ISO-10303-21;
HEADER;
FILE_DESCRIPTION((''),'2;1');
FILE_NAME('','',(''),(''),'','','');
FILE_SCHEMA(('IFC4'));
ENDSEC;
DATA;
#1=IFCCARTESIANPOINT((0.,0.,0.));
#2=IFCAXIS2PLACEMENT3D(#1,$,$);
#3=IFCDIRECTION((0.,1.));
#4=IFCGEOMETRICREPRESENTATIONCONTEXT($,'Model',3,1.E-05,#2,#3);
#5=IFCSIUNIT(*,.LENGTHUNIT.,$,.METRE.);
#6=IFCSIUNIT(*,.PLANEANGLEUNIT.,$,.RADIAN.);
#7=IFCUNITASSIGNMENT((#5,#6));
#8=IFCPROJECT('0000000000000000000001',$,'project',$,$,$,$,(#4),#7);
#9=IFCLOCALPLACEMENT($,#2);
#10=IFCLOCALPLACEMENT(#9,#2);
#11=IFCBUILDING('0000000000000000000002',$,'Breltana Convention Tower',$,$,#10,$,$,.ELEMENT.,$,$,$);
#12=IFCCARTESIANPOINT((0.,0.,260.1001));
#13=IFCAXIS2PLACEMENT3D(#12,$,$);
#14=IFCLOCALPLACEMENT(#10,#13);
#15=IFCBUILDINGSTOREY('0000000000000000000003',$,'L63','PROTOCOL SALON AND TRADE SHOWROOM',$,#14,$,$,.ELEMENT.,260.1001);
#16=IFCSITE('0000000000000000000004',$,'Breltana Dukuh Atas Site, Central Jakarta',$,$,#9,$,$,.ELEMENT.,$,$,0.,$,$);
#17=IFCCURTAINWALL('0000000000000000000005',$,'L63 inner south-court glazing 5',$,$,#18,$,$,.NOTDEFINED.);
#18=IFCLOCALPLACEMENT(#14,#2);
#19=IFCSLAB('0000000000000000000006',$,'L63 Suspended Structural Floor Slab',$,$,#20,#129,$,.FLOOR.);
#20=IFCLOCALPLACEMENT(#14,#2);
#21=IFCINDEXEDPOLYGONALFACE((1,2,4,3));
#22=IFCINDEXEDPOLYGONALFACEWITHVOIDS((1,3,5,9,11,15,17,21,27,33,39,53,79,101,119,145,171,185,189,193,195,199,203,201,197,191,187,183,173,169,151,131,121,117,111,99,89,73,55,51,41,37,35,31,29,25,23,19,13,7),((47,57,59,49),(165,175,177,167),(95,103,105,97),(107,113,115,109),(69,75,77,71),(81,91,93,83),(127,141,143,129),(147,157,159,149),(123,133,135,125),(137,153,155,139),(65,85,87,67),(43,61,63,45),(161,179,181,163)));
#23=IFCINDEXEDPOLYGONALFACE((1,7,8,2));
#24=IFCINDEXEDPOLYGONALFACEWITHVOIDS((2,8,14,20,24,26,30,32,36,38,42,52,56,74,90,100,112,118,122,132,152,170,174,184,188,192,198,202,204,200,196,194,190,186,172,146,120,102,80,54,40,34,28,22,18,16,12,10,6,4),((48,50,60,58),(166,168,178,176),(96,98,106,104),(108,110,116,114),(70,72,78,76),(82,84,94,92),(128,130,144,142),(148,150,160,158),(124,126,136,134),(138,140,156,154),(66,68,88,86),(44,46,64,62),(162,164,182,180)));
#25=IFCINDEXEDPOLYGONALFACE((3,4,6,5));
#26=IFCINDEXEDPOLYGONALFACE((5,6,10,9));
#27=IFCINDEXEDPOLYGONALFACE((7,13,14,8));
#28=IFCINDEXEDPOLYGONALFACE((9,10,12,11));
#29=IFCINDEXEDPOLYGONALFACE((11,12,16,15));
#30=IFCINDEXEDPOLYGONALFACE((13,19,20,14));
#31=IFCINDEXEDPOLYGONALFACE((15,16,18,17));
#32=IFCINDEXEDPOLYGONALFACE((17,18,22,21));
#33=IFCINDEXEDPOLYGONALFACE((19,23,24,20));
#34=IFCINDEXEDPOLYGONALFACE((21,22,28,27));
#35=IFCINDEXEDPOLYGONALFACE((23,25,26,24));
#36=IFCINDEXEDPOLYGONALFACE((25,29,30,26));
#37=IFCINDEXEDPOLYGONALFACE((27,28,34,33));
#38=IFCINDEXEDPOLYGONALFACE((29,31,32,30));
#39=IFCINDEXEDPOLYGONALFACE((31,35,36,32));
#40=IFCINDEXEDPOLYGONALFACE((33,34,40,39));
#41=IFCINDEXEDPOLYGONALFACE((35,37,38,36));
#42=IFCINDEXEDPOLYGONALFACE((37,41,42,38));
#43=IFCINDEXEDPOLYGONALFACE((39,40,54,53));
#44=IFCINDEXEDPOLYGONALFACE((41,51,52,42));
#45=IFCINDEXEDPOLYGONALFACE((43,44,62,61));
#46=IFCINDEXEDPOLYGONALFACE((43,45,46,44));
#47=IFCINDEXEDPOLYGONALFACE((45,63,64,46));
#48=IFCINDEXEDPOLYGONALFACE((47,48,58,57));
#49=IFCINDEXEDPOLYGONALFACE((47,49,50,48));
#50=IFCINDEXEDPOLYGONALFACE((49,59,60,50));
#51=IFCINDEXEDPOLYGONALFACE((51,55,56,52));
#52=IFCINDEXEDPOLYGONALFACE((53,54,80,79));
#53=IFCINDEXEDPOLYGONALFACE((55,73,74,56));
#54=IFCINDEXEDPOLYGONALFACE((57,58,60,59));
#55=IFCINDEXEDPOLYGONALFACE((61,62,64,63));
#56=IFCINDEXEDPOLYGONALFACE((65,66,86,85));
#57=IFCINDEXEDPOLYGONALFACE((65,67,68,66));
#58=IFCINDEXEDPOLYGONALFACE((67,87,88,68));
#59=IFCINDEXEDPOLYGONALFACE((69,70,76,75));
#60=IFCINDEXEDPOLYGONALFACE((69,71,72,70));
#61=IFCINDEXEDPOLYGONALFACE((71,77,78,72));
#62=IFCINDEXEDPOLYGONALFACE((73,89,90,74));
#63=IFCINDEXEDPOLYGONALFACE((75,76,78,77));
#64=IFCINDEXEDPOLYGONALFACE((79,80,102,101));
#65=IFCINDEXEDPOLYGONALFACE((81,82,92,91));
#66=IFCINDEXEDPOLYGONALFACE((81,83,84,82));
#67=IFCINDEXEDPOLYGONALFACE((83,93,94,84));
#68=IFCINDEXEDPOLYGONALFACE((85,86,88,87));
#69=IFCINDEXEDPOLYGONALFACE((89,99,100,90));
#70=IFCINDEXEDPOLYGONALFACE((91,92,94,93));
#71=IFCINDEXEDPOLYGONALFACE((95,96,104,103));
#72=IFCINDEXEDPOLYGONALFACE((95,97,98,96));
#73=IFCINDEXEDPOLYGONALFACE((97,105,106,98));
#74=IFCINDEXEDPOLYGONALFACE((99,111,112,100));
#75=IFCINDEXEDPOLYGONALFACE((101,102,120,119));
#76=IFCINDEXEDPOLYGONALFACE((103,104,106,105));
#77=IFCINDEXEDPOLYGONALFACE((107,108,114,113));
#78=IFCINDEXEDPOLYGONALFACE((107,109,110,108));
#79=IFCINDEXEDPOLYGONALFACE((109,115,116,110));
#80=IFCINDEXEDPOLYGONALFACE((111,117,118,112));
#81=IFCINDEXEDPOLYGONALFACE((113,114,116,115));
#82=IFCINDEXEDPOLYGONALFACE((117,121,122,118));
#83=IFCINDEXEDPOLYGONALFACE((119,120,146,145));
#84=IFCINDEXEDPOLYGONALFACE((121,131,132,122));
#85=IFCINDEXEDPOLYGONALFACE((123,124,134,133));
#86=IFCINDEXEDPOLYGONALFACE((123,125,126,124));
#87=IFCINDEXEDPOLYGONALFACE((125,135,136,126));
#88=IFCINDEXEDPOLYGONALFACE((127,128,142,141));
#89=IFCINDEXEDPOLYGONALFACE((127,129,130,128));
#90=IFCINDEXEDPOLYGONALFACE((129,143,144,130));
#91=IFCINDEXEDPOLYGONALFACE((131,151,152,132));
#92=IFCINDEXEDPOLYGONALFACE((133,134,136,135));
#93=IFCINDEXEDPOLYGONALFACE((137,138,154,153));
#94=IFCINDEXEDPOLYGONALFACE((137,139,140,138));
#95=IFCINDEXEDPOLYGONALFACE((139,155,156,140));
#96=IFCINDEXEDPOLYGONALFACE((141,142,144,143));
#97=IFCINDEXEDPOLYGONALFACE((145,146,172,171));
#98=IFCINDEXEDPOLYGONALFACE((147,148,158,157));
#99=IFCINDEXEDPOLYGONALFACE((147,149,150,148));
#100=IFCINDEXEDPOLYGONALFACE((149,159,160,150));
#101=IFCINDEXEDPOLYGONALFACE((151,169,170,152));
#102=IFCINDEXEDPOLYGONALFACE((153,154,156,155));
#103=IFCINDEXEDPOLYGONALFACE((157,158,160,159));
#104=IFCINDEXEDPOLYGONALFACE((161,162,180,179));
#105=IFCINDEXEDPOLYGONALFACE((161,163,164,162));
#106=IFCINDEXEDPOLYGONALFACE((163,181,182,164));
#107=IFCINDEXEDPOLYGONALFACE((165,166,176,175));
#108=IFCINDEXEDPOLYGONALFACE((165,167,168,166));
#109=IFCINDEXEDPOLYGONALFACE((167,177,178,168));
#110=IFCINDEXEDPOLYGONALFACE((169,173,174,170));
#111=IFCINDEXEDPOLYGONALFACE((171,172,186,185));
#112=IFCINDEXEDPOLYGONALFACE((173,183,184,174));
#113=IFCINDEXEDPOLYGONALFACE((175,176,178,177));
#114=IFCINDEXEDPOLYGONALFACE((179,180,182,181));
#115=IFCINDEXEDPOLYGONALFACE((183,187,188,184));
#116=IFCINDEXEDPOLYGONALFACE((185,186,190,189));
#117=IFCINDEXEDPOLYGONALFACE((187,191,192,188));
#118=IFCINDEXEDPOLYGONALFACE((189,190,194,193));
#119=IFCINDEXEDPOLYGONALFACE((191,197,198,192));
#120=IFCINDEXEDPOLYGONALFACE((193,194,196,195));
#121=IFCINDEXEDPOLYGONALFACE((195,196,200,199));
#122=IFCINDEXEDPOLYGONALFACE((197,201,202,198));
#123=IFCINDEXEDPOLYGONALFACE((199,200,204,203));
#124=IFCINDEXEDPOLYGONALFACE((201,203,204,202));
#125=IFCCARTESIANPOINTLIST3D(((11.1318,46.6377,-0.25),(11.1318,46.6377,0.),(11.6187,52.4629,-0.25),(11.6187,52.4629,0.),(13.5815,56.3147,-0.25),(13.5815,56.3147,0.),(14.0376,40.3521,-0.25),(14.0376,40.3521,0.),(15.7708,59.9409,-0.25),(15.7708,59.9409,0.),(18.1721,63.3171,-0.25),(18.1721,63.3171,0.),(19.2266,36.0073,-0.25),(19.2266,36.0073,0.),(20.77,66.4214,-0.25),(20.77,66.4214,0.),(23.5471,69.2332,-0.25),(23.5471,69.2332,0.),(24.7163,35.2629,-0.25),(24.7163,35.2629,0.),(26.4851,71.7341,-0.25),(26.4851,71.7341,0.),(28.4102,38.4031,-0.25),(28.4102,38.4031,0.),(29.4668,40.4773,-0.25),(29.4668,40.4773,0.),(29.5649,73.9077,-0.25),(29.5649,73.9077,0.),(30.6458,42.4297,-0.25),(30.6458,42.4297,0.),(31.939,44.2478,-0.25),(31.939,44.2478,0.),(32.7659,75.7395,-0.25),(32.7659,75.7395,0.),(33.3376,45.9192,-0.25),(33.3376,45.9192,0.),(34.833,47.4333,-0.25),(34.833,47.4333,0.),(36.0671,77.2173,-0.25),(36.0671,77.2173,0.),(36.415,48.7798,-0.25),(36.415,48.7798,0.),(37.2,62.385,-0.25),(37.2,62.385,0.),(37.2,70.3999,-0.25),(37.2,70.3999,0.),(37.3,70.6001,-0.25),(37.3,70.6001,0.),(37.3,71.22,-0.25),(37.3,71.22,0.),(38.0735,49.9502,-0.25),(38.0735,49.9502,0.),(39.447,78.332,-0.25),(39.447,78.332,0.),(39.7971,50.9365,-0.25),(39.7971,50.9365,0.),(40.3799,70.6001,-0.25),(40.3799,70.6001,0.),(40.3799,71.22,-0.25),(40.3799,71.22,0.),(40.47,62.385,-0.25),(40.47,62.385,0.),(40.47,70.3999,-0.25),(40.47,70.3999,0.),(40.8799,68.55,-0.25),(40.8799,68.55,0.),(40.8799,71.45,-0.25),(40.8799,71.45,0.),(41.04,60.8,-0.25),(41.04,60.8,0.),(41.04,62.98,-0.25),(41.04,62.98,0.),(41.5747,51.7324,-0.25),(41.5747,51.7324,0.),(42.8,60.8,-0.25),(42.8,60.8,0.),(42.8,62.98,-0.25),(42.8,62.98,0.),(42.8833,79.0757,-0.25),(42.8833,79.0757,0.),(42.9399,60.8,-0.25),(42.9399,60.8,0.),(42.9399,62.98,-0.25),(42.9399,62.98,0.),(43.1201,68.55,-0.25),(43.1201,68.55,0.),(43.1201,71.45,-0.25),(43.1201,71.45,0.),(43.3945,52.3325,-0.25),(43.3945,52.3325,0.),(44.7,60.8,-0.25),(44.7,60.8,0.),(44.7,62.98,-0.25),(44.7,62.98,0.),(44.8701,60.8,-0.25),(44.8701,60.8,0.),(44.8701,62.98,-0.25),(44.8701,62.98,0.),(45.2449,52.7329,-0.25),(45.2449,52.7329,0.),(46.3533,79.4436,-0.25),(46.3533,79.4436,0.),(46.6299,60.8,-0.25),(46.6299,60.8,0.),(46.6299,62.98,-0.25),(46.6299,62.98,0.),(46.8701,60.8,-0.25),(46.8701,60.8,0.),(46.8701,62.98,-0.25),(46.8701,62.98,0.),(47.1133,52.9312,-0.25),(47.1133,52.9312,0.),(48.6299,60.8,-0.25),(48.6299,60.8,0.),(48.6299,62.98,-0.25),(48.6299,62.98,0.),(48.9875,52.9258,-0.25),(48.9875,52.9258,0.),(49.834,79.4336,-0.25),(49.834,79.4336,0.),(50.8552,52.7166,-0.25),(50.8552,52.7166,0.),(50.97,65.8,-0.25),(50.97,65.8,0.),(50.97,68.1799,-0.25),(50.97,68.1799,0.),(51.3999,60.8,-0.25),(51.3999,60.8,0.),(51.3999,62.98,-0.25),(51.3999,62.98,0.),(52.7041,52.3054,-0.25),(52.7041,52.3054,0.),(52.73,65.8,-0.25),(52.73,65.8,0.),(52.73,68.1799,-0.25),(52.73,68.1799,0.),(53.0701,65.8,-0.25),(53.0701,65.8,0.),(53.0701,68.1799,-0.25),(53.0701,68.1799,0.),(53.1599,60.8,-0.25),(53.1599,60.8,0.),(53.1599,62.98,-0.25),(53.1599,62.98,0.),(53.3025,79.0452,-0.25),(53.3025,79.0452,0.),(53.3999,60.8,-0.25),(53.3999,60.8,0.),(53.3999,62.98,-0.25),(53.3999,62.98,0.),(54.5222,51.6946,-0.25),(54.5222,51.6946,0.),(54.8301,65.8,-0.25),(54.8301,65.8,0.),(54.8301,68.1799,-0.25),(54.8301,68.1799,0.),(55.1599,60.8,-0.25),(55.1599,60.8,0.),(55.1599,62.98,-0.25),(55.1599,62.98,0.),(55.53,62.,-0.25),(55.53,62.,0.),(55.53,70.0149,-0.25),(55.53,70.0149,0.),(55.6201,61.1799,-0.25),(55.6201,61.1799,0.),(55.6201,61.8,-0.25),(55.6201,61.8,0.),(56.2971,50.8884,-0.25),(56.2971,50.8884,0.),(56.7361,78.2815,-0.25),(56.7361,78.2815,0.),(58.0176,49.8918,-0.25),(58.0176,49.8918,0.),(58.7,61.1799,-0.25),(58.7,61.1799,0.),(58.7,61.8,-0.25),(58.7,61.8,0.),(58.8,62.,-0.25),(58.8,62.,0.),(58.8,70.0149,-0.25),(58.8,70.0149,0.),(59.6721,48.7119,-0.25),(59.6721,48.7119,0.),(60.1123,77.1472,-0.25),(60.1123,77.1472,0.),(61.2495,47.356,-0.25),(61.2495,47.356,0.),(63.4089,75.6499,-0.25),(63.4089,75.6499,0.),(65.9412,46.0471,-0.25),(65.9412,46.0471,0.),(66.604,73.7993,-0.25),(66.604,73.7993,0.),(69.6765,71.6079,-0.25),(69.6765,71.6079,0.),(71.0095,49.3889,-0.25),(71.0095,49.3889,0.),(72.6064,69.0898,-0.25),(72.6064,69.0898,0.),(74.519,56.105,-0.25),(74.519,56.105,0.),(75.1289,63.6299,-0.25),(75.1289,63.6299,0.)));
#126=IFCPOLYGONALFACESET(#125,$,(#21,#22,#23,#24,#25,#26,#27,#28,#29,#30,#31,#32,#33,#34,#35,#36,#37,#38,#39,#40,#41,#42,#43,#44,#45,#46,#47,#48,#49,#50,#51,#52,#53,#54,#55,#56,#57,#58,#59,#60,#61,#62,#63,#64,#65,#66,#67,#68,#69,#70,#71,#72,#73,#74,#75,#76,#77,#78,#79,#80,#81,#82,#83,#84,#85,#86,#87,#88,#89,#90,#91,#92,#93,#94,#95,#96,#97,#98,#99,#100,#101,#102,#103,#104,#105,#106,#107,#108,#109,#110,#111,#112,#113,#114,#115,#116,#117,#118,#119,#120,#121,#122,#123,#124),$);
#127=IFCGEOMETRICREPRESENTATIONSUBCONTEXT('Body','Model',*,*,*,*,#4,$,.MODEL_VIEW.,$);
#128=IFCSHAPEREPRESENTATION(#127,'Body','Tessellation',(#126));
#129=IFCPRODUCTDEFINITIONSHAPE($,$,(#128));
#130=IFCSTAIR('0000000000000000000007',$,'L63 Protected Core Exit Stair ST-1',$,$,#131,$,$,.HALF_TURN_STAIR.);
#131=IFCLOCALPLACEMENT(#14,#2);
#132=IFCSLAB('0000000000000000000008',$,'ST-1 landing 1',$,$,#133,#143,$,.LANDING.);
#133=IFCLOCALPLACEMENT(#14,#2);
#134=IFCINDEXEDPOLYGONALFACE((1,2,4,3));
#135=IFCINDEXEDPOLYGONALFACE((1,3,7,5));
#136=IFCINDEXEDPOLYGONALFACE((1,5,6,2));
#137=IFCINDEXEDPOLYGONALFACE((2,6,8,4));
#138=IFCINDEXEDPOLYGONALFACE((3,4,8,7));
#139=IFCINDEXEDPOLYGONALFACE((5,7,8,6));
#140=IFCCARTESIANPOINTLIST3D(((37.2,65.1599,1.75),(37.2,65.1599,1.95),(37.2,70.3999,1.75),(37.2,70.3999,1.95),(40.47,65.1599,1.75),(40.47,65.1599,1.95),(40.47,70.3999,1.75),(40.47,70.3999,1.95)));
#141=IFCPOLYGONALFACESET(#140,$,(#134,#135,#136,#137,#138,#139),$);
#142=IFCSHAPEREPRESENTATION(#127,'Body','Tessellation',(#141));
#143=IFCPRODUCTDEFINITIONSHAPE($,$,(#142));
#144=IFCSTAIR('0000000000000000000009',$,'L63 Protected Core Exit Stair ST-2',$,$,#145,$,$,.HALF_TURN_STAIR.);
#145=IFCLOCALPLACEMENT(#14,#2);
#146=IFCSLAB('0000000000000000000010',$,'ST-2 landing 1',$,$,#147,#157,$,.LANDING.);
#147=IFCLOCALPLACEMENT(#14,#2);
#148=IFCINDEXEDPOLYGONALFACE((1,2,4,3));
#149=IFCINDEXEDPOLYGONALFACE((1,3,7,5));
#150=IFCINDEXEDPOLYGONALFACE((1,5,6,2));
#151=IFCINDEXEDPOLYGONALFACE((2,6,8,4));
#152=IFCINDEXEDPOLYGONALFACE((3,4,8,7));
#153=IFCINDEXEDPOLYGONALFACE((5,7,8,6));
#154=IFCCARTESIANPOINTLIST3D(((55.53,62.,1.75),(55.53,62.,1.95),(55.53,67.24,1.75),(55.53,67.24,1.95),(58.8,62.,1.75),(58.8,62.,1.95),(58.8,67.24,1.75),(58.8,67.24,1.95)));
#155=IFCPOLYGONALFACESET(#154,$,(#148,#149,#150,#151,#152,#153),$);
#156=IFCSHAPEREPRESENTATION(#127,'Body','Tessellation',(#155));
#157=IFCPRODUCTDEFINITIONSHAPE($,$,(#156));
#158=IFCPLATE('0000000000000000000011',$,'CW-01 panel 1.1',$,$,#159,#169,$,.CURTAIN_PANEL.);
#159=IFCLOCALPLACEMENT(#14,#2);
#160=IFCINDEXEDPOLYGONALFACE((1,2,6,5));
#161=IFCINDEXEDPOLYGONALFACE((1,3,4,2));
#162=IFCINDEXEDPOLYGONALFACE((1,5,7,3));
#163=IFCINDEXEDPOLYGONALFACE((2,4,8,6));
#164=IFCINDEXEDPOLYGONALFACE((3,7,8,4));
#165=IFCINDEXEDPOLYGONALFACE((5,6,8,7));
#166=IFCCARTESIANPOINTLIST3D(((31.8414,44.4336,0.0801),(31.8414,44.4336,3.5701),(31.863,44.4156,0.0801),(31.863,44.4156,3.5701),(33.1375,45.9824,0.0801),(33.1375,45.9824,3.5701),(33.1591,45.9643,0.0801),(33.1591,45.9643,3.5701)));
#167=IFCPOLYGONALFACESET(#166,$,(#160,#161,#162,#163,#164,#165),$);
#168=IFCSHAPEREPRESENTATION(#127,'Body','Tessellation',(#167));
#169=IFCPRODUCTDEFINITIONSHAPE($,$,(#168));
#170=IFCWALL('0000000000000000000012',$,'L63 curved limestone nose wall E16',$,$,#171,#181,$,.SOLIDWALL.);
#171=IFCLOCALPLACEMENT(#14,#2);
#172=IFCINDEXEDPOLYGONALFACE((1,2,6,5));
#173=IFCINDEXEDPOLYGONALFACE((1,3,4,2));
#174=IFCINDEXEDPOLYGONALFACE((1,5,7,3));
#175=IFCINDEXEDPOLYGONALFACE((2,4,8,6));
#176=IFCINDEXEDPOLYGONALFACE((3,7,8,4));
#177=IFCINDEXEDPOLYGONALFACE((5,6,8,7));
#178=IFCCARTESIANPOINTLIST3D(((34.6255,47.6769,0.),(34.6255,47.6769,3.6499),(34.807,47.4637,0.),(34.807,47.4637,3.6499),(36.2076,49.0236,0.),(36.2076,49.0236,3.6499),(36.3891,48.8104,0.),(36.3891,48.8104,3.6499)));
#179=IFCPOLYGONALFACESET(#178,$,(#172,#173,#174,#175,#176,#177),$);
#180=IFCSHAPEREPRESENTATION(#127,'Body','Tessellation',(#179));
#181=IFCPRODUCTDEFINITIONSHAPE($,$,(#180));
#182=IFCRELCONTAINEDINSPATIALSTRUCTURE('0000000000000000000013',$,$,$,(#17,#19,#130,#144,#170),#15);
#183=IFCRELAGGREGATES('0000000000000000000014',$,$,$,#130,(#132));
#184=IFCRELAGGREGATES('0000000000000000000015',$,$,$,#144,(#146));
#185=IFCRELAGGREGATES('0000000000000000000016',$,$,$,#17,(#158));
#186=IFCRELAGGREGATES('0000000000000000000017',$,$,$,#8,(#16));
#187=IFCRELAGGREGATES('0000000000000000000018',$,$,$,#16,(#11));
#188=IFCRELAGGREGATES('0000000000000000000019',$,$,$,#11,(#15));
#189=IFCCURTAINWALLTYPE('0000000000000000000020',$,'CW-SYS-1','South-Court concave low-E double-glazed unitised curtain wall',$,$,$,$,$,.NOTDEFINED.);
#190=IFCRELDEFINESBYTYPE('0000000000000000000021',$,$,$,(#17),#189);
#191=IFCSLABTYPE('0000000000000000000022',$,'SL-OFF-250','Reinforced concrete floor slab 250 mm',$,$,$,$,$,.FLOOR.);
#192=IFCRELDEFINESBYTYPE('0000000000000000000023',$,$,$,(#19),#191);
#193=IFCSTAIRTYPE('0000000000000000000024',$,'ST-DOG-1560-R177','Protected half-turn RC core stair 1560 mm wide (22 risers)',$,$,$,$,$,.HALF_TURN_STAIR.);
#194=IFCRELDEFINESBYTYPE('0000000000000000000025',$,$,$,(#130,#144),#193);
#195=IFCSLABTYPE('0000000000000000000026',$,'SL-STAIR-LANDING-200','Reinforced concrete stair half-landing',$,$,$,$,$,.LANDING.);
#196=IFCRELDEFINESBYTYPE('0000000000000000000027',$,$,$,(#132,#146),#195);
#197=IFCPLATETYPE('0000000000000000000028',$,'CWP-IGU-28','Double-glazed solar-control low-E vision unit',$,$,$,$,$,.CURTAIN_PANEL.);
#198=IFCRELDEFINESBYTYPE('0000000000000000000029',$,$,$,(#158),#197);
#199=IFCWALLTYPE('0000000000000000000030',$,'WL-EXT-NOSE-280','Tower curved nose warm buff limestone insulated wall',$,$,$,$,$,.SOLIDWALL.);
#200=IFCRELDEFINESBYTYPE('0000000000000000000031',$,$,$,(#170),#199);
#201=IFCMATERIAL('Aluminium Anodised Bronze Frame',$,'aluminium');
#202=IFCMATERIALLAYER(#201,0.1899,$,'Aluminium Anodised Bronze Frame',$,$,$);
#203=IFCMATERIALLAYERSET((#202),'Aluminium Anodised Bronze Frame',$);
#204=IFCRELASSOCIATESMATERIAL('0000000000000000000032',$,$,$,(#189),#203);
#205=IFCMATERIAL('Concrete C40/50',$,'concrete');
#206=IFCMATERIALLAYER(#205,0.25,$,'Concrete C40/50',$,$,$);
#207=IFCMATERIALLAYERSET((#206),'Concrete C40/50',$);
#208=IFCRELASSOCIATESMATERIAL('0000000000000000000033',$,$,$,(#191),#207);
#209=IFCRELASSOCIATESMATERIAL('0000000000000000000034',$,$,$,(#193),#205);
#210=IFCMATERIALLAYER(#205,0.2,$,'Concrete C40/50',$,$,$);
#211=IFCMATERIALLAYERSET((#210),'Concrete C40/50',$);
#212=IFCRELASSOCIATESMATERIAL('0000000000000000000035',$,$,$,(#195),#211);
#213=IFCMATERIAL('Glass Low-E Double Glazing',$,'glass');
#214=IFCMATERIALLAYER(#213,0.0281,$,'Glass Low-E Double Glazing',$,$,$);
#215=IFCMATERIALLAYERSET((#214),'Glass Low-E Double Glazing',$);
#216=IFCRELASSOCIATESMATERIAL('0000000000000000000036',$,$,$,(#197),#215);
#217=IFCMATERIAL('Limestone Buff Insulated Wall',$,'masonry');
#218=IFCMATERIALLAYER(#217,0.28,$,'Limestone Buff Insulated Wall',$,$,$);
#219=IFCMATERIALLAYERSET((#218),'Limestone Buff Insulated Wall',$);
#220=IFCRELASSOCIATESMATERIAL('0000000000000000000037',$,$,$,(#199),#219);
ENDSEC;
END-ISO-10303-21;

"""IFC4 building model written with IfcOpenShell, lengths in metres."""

from ifc_helpers import new_model, si_unit, direction, frame, frame_2d, origin, origin_2d, place, context, subcontext, project, spatial, polyline, rectangle, outline, extrude, source, transform, mapped, material, layer, layer_set, type_object, element, aggregate, save


model = new_model("IFC4")

# Units and contexts
model_context = context("Model", 3, precision=1e-05, world=origin(), true_north=direction((0.0, 1.0)))
body_context = subcontext(model_context, "Body", "Model", "MODEL_VIEW")
ifc_project = project(units=[si_unit("LENGTHUNIT", "METRE"), si_unit("PLANEANGLEUNIT", "RADIAN")], contexts=[model_context])

# Site, building, storey
site_placement = place(None, origin())
site = spatial("IfcSite", under=ifc_project, at=site_placement, Name="Breltana Dukuh Atas Site, Central Jakarta", CompositionType="ELEMENT", RefElevation=0.0)
building_placement = place(site_placement, origin())
building = spatial("IfcBuilding", under=site, at=building_placement, Name="Breltana Convention Tower", CompositionType="ELEMENT")
storey_placement = place(building_placement, frame((0.0, 0.0, 260.1001)))
storey = spatial("IfcBuildingStorey", under=building, at=storey_placement, Name="L63", Description="PROTOCOL SALON AND TRADE SHOWROOM", CompositionType="ELEMENT", Elevation=260.1001)

# Curtain wall
ifc_material_1 = material(Name="Aluminium Anodised Bronze Frame", Category="aluminium")
ifc_layer_1 = layer(ifc_material_1, 0.1899, Name="Aluminium Anodised Bronze Frame")
ifc_layer_set_1 = layer_set([ifc_layer_1], Name="Aluminium Anodised Bronze Frame")
curtain_wall_type = type_object("IfcCurtainWallType", Name="CW-SYS-1", Description="South-Court concave low-E double-glazed unitised curtain wall", PredefinedType="NOTDEFINED", material=ifc_layer_set_1)
curtain_wall_placement = place(storey_placement, origin())
curtain_wall = element("IfcCurtainWall", 1, at=curtain_wall_placement, inside=storey, type_object=curtain_wall_type, Name="L63 inner south-court glazing 5", PredefinedType="NOTDEFINED")

# Slab
ifc_material_2 = material(Name="Concrete C40/50", Category="concrete")
ifc_layer_2 = layer(ifc_material_2, 0.25, Name="Concrete C40/50")
ifc_layer_set_2 = layer_set([ifc_layer_2], Name="Concrete C40/50")
slab_type_1 = type_object("IfcSlabType", Name="SL-OFF-250", Description="Reinforced concrete floor slab 250 mm", PredefinedType="FLOOR", material=ifc_layer_set_2)
slab_1_placement = place(storey_placement, frame((0.0, 0.0, -0.25)))
element("IfcSlab", 2, at=slab_1_placement, inside=storey, type_object=slab_type_1, Name="L63 Suspended Structural Floor Slab", PredefinedType="FLOOR", context=body_context, shape_type="SweptSolid", body=[
    extrude(outline(polyline([(72.6064, 69.0898), (69.6765, 71.6079), (66.604, 73.7993), (63.4089, 75.6499), (60.1123, 77.1472), (56.7361, 78.2815), (53.3025, 79.0452), (49.834, 79.4336), (46.3533, 79.4436), (42.8833, 79.0757), (39.447, 78.332), (36.0671, 77.2173), (32.7659, 75.7395), (29.5649, 73.9077), (26.4851, 71.7341), (23.5471, 69.2332), (20.77, 66.4214), (18.1721, 63.3171), (15.7708, 59.9409), (13.5815, 56.3147), (11.6187, 52.4629), (11.1318, 46.6377), (14.0376, 40.3521), (19.2266, 36.0073), (24.7163, 35.2629), (28.4102, 38.4031), (29.4668, 40.4773), (30.6458, 42.4297), (31.939, 44.2478), (33.3376, 45.9192), (34.833, 47.4333), (36.415, 48.7798), (38.0735, 49.9502), (39.7971, 50.9365), (41.5747, 51.7324), (43.3945, 52.3325), (45.2449, 52.7329), (47.1133, 52.9312), (48.9875, 52.9258), (50.8552, 52.7166), (52.7041, 52.3054), (54.5222, 51.6946), (56.2971, 50.8884), (58.0176, 49.8918), (59.6721, 48.7119), (61.2495, 47.356), (65.9412, 46.0471), (71.0095, 49.3889), (74.519, 56.105), (75.1289, 63.6299), (72.6064, 69.0898)]), holes=[polyline([(37.2, 62.385), (40.47, 62.385), (40.47, 70.3999), (37.2, 70.3999), (37.2, 62.385)]), polyline([(55.53, 62.0), (58.8, 62.0), (58.8, 70.0149), (55.53, 70.0149), (55.53, 62.0)]), polyline([(41.04, 60.8), (42.8, 60.8), (42.8, 62.98), (41.04, 62.98), (41.04, 60.8)]), polyline([(42.9399, 60.8), (44.7, 60.8), (44.7, 62.98), (42.9399, 62.98), (42.9399, 60.8)]), polyline([(44.8701, 60.8), (46.6299, 60.8), (46.6299, 62.98), (44.8701, 62.98), (44.8701, 60.8)]), polyline([(46.8701, 60.8), (48.6299, 60.8), (48.6299, 62.98), (46.8701, 62.98), (46.8701, 60.8)]), polyline([(51.3999, 60.8), (53.1599, 60.8), (53.1599, 62.98), (51.3999, 62.98), (51.3999, 60.8)]), polyline([(53.3999, 60.8), (55.1599, 60.8), (55.1599, 62.98), (53.3999, 62.98), (53.3999, 60.8)]), polyline([(50.97, 65.8), (52.73, 65.8), (52.73, 68.1799), (50.97, 68.1799), (50.97, 65.8)]), polyline([(53.0701, 65.8), (54.8301, 65.8), (54.8301, 68.1799), (53.0701, 68.1799), (53.0701, 65.8)]), polyline([(40.8799, 68.55), (43.1201, 68.55), (43.1201, 71.45), (40.8799, 71.45), (40.8799, 68.55)]), polyline([(37.3, 70.6001), (40.3799, 70.6001), (40.3799, 71.22), (37.3, 71.22), (37.3, 70.6001)]), polyline([(55.6201, 61.1799), (58.7, 61.1799), (58.7, 61.8), (55.6201, 61.8), (55.6201, 61.1799)])]), origin(), (0.0, 0.0, 1.0), 0.25),
])

# Stairs, slabs
stair_type = type_object("IfcStairType", Name="ST-DOG-1560-R177", Description="Protected half-turn RC core stair 1560 mm wide (22 risers)", PredefinedType="HALF_TURN_STAIR", material=ifc_material_2)
stair_1_placement = place(storey_placement, origin())
stair_1 = element("IfcStair", 3, at=stair_1_placement, inside=storey, type_object=stair_type, Name="L63 Protected Core Exit Stair ST-1", PredefinedType="HALF_TURN_STAIR")
ifc_layer_3 = layer(ifc_material_2, 0.2, Name="Concrete C40/50")
ifc_layer_set_3 = layer_set([ifc_layer_3], Name="Concrete C40/50")
slab_type_2 = type_object("IfcSlabType", Name="SL-STAIR-LANDING-200", Description="Reinforced concrete stair half-landing", PredefinedType="LANDING", material=ifc_layer_set_3)
slab_2_placement = place(storey_placement, frame((0.0, 0.0, 1.75)))
slab_2 = element("IfcSlab", 4, at=slab_2_placement, type_object=slab_type_2, Name="ST-1 landing 1", PredefinedType="LANDING", context=body_context, shape_type="SweptSolid", body=[
    extrude(outline(polyline([(40.47, 65.1599), (40.47, 70.3999), (37.2, 70.3999), (37.2, 65.1599), (40.47, 65.1599)])), origin(), (0.0, 0.0, 1.0), 0.2),
])
aggregate(stair_1, [slab_2])
stair_2_placement = place(storey_placement, origin())
stair_2 = element("IfcStair", 5, at=stair_2_placement, inside=storey, type_object=stair_type, Name="L63 Protected Core Exit Stair ST-2", PredefinedType="HALF_TURN_STAIR")
slab_3_placement = place(storey_placement, frame((0.0, 0.0, 1.75)))
slab_3 = element("IfcSlab", 6, at=slab_3_placement, type_object=slab_type_2, Name="ST-2 landing 1", PredefinedType="LANDING", context=body_context, shape_type="SweptSolid", body=[
    extrude(outline(polyline([(55.53, 67.24), (55.53, 62.0), (58.8, 62.0), (58.8, 67.24), (55.53, 67.24)])), origin(), (0.0, 0.0, 1.0), 0.2),
])
aggregate(stair_2, [slab_3])

# Plate
ifc_material_3 = material(Name="Glass Low-E Double Glazing", Category="glass")
ifc_layer_4 = layer(ifc_material_3, 0.0281, Name="Glass Low-E Double Glazing")
ifc_layer_set_4 = layer_set([ifc_layer_4], Name="Glass Low-E Double Glazing")
plate_type = type_object("IfcPlateType", Name="CWP-IGU-28", Description="Double-glazed solar-control low-E vision unit", PredefinedType="CURTAIN_PANEL", material=ifc_layer_set_4)
shared_shape_1 = source(origin(), body_context, "Body", "SweptSolid", [
    extrude(rectangle(XDim=2.0195, YDim=0.0281, at=origin_2d()), origin(), (0.0, 0.0, 1.0), 3.49),
])
plate_placement = place(storey_placement, frame((32.5002, 45.199, 0.0801), z_axis=(0.0, 0.0, 1.0), x_axis=(-0.641776, -0.766892, 0.0)))
plate = element("IfcPlate", 7, at=plate_placement, type_object=plate_type, Name="CW-01 panel 1.1", PredefinedType="CURTAIN_PANEL", context=body_context, shape_type="MappedRepresentation", body=[
    mapped(shared_shape_1, transform((0.0, 0.0, 0.0), scale=1.0)),
])
aggregate(curtain_wall, [plate])

# Wall
ifc_material_4 = material(Name="Limestone Buff Insulated Wall", Category="masonry")
ifc_layer_5 = layer(ifc_material_4, 0.28, Name="Limestone Buff Insulated Wall")
ifc_layer_set_5 = layer_set([ifc_layer_5], Name="Limestone Buff Insulated Wall")
wall_type_1 = type_object("IfcWallType", Name="WL-EXT-NOSE-280", Description="Tower curved nose warm buff limestone insulated wall", PredefinedType="SOLIDWALL", material=ifc_layer_set_5)
shared_shape_2 = source(origin(), body_context, "Body", "SweptSolid", [
    extrude(rectangle(XDim=2.0776, YDim=0.28, at=frame_2d((1.0388, 0.0))), origin(), (0.0, 0.0, 1.0), 3.6499),
])
wall_1_placement = place(storey_placement, frame((36.2983, 48.917, 0.0), z_axis=(0.0, 0.0, 1.0), x_axis=(-0.761475, -0.648194, 0.0)))
element("IfcWall", 8, at=wall_1_placement, inside=storey, type_object=wall_type_1, Name="L63 curved limestone nose wall E16", PredefinedType="SOLIDWALL", context=body_context, shape_type="MappedRepresentation", body=[
    mapped(shared_shape_2, transform((0.0, 0.0, 0.0), scale=1.0)),
])

save(model, "model.ifc")
